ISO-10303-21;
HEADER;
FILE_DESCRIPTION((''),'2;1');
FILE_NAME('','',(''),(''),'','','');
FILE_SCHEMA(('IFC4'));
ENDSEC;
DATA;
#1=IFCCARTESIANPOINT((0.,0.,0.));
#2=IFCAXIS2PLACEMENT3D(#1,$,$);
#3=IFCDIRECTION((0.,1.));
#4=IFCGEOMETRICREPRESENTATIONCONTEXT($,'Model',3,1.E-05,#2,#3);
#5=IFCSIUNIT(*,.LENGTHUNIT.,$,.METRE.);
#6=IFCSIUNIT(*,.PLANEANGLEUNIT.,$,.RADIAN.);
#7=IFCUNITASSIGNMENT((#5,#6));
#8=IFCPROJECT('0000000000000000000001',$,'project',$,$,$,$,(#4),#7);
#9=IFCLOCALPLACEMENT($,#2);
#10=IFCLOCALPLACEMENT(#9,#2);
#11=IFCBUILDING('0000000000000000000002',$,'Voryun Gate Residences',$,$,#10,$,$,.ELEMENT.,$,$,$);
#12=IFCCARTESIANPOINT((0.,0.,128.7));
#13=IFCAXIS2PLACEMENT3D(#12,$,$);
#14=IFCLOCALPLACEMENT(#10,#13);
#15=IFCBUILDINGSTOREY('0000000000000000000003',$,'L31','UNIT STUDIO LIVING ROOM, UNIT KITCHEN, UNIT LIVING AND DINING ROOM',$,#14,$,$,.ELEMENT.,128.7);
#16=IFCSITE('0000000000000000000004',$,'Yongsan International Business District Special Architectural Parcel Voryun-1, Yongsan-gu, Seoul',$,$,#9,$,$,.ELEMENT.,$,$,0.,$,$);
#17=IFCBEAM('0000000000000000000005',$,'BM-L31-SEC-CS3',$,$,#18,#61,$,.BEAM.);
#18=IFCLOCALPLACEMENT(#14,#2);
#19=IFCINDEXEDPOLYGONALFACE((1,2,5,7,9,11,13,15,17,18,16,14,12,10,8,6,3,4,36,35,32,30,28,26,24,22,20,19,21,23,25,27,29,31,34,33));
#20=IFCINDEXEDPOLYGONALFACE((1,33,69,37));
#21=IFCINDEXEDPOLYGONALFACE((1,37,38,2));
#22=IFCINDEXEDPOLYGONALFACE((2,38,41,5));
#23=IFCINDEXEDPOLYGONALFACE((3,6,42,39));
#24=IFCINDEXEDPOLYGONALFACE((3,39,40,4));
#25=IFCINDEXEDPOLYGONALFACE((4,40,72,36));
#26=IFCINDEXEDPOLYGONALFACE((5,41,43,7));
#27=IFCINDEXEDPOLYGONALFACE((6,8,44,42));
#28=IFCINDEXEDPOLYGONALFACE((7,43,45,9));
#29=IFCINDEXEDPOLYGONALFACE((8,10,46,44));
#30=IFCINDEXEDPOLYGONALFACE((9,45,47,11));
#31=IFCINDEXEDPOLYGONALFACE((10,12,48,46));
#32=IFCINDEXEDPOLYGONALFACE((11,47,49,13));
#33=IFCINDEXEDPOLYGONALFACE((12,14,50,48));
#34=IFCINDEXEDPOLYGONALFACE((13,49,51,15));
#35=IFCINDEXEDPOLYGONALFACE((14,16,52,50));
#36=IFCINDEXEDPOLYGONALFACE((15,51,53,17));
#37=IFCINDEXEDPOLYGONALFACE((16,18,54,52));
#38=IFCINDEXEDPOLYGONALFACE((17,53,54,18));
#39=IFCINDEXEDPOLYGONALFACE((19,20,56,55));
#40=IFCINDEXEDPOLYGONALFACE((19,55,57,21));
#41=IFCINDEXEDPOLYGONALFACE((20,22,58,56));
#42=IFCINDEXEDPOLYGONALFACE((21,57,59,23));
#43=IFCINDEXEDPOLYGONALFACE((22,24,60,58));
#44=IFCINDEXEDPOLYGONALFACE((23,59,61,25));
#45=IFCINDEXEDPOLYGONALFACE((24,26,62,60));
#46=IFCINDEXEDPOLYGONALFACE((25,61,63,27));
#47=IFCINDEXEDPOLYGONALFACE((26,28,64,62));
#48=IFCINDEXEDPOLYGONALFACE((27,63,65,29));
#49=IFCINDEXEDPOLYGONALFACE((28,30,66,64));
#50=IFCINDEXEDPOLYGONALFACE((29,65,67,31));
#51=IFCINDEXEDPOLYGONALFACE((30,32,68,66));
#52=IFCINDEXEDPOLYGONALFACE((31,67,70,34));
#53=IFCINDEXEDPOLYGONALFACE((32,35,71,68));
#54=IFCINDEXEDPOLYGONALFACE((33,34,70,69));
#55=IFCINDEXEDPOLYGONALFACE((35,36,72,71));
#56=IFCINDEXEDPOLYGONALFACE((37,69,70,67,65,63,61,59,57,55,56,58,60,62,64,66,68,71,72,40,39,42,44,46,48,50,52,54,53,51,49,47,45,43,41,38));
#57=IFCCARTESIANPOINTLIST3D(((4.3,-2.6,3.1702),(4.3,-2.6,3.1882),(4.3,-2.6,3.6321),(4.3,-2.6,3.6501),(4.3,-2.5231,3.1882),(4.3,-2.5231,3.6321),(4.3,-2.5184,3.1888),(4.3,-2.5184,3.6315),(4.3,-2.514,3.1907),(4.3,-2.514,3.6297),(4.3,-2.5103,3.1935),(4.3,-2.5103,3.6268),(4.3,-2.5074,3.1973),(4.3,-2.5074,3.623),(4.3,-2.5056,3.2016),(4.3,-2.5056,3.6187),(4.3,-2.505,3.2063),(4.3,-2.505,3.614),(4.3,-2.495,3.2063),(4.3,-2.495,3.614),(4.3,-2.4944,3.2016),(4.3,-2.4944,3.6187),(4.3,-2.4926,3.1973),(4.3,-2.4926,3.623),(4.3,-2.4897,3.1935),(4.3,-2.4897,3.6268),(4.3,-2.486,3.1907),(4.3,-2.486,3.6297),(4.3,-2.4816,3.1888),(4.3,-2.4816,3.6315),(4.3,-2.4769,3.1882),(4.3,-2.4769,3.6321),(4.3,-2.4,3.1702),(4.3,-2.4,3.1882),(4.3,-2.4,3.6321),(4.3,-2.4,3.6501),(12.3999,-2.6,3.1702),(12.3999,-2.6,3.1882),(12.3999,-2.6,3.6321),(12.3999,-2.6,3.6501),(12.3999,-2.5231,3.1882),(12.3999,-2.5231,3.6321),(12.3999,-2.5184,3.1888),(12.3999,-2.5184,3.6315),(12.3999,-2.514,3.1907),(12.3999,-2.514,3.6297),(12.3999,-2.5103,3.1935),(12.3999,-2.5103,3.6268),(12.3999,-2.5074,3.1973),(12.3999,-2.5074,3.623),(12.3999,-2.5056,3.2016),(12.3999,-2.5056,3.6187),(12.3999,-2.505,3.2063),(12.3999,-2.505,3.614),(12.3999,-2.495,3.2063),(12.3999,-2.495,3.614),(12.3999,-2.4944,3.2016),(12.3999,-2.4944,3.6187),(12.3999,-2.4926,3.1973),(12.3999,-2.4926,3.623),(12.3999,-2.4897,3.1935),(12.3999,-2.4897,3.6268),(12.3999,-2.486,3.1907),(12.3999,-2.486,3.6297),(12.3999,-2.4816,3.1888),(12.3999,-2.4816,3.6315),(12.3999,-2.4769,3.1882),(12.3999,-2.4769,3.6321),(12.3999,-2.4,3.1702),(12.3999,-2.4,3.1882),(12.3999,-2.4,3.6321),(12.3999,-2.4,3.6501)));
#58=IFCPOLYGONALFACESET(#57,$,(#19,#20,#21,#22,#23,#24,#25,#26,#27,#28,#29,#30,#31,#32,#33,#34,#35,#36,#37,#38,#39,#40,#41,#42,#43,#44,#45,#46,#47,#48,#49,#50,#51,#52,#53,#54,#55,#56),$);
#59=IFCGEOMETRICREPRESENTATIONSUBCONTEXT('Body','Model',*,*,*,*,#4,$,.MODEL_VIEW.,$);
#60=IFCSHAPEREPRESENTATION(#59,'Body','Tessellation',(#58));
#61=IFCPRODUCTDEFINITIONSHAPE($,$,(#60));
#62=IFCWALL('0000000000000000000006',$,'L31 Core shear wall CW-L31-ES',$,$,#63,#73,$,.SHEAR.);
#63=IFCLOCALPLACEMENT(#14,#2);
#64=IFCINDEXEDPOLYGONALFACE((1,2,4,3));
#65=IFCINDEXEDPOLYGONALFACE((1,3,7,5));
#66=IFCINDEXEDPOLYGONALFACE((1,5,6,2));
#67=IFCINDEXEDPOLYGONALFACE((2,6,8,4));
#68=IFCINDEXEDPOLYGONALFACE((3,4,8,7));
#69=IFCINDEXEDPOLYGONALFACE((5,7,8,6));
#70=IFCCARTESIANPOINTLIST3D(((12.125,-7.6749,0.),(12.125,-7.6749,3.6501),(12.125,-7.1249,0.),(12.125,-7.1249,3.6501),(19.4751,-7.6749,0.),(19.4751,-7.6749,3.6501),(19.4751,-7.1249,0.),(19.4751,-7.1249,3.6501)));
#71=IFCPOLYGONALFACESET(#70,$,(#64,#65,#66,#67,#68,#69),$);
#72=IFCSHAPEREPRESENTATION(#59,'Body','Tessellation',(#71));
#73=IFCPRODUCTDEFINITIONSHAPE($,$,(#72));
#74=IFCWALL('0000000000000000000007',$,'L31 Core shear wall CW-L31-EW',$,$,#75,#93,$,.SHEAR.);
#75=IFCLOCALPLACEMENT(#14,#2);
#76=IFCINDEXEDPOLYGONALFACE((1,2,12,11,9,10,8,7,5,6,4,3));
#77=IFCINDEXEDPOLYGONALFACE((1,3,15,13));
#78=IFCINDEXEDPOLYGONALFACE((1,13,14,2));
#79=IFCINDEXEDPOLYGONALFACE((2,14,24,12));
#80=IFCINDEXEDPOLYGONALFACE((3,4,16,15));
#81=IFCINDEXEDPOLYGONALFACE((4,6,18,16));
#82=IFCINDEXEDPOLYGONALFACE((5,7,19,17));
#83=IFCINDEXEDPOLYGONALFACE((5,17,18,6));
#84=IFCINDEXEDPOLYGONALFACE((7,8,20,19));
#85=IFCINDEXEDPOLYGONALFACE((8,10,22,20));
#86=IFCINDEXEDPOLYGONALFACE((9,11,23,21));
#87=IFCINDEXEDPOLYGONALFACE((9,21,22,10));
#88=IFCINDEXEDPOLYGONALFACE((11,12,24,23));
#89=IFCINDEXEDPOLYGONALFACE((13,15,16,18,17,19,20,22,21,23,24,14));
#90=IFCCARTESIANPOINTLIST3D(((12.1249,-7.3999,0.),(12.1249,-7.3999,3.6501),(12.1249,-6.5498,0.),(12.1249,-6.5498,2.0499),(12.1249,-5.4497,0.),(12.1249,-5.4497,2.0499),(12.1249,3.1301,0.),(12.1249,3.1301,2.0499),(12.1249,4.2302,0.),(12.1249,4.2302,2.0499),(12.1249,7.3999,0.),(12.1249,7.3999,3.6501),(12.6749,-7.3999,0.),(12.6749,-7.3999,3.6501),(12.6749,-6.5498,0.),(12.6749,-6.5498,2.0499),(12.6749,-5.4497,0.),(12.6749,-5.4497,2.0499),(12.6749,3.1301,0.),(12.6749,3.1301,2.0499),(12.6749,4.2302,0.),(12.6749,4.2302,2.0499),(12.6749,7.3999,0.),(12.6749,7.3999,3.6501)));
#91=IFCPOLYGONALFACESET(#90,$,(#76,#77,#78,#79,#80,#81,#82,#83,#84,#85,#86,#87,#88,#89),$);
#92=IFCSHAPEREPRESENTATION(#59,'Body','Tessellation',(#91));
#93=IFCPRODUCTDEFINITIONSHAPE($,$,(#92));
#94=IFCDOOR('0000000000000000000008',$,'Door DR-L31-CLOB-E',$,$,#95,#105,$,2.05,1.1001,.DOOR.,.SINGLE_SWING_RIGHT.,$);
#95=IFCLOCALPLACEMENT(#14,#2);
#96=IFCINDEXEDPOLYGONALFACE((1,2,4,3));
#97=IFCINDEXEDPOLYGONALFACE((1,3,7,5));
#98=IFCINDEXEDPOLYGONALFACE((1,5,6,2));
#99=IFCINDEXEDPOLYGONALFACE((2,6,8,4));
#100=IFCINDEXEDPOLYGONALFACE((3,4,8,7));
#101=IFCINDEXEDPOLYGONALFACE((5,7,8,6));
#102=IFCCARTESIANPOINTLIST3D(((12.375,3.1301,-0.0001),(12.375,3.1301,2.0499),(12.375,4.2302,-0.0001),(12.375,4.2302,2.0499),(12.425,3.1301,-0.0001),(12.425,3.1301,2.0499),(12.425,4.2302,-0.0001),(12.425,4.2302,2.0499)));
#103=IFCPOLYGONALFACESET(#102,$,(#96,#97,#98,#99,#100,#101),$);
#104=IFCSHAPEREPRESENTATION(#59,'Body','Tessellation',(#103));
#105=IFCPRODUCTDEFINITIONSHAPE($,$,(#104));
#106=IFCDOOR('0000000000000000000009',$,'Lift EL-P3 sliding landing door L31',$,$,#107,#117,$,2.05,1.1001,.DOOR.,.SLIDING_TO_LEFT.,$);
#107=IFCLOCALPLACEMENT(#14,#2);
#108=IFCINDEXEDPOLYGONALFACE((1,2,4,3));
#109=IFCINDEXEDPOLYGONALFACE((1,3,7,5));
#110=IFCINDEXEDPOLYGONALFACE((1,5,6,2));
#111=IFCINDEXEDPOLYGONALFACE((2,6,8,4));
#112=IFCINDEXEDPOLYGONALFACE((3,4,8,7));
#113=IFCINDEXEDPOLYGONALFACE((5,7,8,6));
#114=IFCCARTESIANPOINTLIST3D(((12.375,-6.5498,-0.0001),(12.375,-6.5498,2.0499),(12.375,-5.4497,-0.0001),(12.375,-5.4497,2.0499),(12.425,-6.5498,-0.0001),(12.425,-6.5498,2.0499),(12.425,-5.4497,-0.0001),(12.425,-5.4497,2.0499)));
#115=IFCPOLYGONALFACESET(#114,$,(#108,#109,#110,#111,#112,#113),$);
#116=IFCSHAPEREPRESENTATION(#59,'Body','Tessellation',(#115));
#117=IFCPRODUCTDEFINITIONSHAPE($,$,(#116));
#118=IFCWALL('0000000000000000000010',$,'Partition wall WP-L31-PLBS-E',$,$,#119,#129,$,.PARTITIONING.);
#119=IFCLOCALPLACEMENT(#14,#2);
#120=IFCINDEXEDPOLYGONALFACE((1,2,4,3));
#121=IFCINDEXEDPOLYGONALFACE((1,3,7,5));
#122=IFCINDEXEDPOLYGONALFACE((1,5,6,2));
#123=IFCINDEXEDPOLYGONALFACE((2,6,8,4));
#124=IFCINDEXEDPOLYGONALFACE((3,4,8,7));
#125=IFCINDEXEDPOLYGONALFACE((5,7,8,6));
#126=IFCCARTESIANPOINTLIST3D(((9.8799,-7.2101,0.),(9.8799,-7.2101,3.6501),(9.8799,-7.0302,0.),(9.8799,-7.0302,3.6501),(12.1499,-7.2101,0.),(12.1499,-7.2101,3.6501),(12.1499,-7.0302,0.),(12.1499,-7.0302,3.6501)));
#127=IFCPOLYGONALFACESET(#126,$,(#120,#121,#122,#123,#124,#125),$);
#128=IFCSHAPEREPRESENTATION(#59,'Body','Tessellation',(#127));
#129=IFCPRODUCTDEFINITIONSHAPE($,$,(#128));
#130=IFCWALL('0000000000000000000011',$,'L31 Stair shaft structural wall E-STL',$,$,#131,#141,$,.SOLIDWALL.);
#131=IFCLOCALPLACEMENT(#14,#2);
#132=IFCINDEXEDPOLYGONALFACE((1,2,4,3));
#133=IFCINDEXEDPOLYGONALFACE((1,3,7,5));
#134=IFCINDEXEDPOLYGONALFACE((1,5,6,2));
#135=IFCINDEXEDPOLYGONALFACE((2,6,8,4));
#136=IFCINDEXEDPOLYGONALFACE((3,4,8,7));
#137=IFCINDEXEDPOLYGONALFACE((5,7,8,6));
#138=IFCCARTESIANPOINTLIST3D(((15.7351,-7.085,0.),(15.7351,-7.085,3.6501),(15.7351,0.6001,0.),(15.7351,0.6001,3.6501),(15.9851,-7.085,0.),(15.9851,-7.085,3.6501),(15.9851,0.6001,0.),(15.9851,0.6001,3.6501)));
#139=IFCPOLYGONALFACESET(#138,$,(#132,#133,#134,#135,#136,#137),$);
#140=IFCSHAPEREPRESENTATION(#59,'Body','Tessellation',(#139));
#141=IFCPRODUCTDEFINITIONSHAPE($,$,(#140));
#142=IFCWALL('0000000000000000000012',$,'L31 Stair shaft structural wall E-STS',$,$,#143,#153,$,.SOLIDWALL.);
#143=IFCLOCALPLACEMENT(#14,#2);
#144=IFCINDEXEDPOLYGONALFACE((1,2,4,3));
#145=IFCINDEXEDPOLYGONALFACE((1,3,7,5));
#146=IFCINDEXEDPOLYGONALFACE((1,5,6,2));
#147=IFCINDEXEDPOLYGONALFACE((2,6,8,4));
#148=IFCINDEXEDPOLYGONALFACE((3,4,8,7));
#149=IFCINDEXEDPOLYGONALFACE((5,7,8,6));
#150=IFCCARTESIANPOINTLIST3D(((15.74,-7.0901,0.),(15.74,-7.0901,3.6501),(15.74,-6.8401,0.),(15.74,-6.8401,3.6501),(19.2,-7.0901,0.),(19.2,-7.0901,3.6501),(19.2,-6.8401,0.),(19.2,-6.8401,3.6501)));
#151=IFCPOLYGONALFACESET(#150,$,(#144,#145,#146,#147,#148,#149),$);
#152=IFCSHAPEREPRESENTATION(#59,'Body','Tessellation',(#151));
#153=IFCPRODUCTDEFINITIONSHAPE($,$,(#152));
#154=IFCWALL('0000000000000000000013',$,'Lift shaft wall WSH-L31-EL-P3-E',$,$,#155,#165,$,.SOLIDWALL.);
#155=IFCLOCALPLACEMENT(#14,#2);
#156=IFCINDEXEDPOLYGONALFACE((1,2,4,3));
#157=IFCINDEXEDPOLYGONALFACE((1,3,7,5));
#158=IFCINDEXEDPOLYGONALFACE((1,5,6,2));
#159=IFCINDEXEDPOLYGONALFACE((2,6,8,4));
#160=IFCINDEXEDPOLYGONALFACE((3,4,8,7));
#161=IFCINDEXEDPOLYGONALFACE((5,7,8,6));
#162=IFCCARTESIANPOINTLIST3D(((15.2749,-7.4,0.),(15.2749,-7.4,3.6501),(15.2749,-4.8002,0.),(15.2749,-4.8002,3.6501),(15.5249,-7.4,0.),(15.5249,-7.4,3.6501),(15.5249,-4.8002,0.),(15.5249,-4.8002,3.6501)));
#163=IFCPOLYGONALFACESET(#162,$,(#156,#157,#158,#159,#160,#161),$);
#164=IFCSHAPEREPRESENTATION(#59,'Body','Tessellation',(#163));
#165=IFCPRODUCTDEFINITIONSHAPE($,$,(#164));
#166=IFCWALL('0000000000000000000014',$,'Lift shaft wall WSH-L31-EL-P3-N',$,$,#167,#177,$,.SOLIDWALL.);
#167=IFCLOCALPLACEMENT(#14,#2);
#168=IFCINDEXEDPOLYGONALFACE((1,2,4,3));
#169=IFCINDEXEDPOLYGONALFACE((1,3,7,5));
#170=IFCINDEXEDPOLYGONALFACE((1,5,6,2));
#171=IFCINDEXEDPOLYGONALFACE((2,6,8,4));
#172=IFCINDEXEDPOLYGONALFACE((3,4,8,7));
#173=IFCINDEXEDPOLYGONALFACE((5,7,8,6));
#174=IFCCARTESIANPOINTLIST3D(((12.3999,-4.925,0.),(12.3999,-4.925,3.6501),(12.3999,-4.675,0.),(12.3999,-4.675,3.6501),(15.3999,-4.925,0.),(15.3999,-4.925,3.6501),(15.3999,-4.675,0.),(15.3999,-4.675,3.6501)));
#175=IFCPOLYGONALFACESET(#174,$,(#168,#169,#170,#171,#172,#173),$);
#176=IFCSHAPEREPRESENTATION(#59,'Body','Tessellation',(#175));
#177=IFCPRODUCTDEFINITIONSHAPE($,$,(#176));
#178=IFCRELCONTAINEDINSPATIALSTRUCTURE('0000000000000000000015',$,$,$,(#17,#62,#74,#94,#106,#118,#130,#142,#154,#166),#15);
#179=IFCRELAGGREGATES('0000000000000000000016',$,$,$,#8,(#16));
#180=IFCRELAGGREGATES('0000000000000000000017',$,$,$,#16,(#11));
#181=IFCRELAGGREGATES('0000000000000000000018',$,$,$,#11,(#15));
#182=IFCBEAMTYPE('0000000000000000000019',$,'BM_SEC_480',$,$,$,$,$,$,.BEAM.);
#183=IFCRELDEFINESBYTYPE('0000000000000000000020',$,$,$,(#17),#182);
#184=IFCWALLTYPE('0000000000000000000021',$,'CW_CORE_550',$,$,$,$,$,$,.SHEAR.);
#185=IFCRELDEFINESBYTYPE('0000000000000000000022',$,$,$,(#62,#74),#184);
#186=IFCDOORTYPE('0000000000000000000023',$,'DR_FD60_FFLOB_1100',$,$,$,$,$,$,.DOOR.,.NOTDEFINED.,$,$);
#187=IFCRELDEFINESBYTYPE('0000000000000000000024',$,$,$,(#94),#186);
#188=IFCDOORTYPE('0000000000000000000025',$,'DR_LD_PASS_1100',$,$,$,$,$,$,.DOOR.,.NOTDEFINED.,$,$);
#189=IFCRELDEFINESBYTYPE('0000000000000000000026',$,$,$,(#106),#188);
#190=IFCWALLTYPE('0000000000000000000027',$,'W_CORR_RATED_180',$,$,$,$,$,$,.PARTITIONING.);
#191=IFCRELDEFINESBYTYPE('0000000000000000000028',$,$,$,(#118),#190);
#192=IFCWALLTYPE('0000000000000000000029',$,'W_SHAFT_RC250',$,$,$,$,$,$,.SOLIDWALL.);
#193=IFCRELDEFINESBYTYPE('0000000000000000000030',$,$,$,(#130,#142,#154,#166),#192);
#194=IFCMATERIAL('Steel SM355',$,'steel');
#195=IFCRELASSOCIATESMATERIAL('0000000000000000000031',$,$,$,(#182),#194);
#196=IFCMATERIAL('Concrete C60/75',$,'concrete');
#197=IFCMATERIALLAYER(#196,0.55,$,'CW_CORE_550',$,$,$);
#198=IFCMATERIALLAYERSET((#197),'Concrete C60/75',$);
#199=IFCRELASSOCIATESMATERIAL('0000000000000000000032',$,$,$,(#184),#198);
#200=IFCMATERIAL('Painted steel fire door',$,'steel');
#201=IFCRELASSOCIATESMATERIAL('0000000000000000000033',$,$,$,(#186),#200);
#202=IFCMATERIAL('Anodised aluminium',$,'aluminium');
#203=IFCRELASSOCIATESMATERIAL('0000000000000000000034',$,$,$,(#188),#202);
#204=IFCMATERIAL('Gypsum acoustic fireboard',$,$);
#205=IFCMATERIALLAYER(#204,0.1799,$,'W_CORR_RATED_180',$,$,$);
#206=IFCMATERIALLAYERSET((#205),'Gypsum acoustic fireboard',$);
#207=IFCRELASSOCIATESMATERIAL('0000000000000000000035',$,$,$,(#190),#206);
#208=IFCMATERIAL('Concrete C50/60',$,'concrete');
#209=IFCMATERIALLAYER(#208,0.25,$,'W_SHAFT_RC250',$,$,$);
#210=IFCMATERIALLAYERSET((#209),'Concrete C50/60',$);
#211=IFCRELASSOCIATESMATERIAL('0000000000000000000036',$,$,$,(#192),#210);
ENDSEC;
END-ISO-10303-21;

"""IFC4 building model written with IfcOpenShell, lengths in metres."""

from ifc_helpers import new_model, si_unit, direction, frame, frame_2d, origin, origin_2d, place, context, subcontext, project, spatial, rectangle, i_section, extrude, material, layer, layer_set, material_profile, profile_set, type_object, element, fill, save


model = new_model("IFC4")

# Units and contexts
model_context = context("Model", 3, precision=1e-05, world=origin(), true_north=direction((0.0, 1.0)))
body_context = subcontext(model_context, "Body", "Model", "MODEL_VIEW")
ifc_project = project(units=[si_unit("LENGTHUNIT", "METRE"), si_unit("PLANEANGLEUNIT", "RADIAN")], contexts=[model_context])

# Site, building, storey
site_placement = place(None, origin())
site = spatial("IfcSite", under=ifc_project, at=site_placement, Name="Yongsan International Business District Special Architectural Parcel Voryun-1, Yongsan-gu, Seoul", CompositionType="ELEMENT", RefElevation=0.0)
building_placement = place(site_placement, origin())
building = spatial("IfcBuilding", under=site, at=building_placement, Name="Voryun Gate Residences", CompositionType="ELEMENT")
storey_placement = place(building_placement, frame((0.0, 0.0, 128.7)))
storey = spatial("IfcBuildingStorey", under=building, at=storey_placement, Name="L31", Description="UNIT STUDIO LIVING ROOM, UNIT KITCHEN, UNIT LIVING AND DINING ROOM", CompositionType="ELEMENT", Elevation=128.7)

# Beam
ifc_material_1 = material(Name="Steel SM355", Category="steel")
ifc_material_profile_1 = material_profile(ifc_material_1, i_section(OverallWidth=0.2, OverallDepth=0.48, WebThickness=0.01, FlangeThickness=0.0181, FilletRadius=0.0181, at=origin_2d()), Name="H-480x200x10x18")
ifc_profile_set_1 = profile_set([ifc_material_profile_1], Name="Steel SM355")
beam_type_1 = type_object("IfcBeamType", Name="BM_SEC_480", PredefinedType="BEAM", material=ifc_profile_set_1)
beam_1_placement = place(storey_placement, frame((4.3, -2.5, 3.4102), z_axis=(1.0, 0.0, 0.0), x_axis=(0.0, 1.0, 0.0)))
element("IfcBeam", 1, at=beam_1_placement, inside=storey, type_object=beam_type_1, Name="BM-L31-SEC-CS3", PredefinedType="BEAM", context=body_context, shape_type="SweptSolid", body=[
    extrude(i_section(OverallWidth=0.2, OverallDepth=0.48, WebThickness=0.01, FlangeThickness=0.0181, FilletRadius=0.0181, at=origin_2d()), origin(), (0.0, 0.0, 1.0), 8.0999),
])

# Wall
ifc_material_2 = material(Name="Concrete C60/75", Category="concrete")
ifc_layer_1 = layer(ifc_material_2, 0.55, Name="CW_CORE_550")
ifc_layer_set_1 = layer_set([ifc_layer_1], Name="Concrete C60/75")
wall_type_1 = type_object("IfcWallType", Name="CW_CORE_550", PredefinedType="SHEAR", material=ifc_layer_set_1)
wall_1_placement = place(storey_placement, frame((12.125, -7.3999, 0.0), z_axis=(0.0, 0.0, 1.0), x_axis=(1.0, 0.0, 0.0)))
element("IfcWall", 2, at=wall_1_placement, inside=storey, type_object=wall_type_1, Name="L31 Core shear wall CW-L31-ES", PredefinedType="SHEAR", context=body_context, shape_type="SweptSolid", body=[
    extrude(rectangle(XDim=7.3501, YDim=0.55, at=frame_2d((3.675, 0.0))), origin(), (0.0, 0.0, 1.0), 3.6501),
])

# Wall, openings, doors
wall_2_placement = place(storey_placement, frame((12.3999, -7.3999, 0.0), z_axis=(0.0, 0.0, 1.0), x_axis=(0.0, 1.0, 0.0)))
wall_2 = element("IfcWall", 3, at=wall_2_placement, inside=storey, type_object=wall_type_1, Name="L31 Core shear wall CW-L31-EW", PredefinedType="SHEAR", context=body_context, shape_type="SweptSolid", body=[
    extrude(rectangle(XDim=14.7998, YDim=0.55, at=frame_2d((7.3999, 0.0))), origin(), (0.0, 0.0, 1.0), 3.6501),
])
opening_1_placement = place(wall_2_placement, frame((0.8501, 0.0, 0.0)))
opening_1 = element("IfcOpeningElement", 4, at=opening_1_placement, cuts=wall_2, PredefinedType="OPENING", context=body_context, shape_type="SweptSolid", body=[
    extrude(rectangle(XDim=1.1001, YDim=2.05, at=frame_2d((0.55, 1.0249))), frame((0.0, 0.2849, 0.0), z_axis=(0.0, -1.0, 0.0), x_axis=(1.0, 0.0, 0.0)), (0.0, 0.0, 1.0), 0.5701),
])
opening_2_placement = place(wall_2_placement, frame((10.53, 0.0, 0.0)))
opening_2 = element("IfcOpeningElement", 5, at=opening_2_placement, cuts=wall_2, PredefinedType="OPENING", context=body_context, shape_type="SweptSolid", body=[
    extrude(rectangle(XDim=1.1001, YDim=2.05, at=frame_2d((0.55, 1.0249))), frame((0.0, 0.2849, 0.0), z_axis=(0.0, -1.0, 0.0), x_axis=(1.0, 0.0, 0.0)), (0.0, 0.0, 1.0), 0.5701),
])
ifc_material_3 = material(Name="Painted steel fire door", Category="steel")
door_type_1 = type_object("IfcDoorType", Name="DR_FD60_FFLOB_1100", OperationType="NOTDEFINED", PredefinedType="DOOR", material=ifc_material_3)
door_1_placement = place(opening_2_placement, origin())
door_1 = element("IfcDoor", 6, at=door_1_placement, inside=storey, type_object=door_type_1, Name="Door DR-L31-CLOB-E", OperationType="SINGLE_SWING_RIGHT", OverallHeight=2.05, OverallWidth=1.1001, PredefinedType="DOOR", context=body_context, shape_type="SweptSolid", body=[
    extrude(rectangle(XDim=1.1001, YDim=2.05, at=frame_2d((0.55, 1.0249))), frame((0.0, 0.0249, 0.0), z_axis=(0.0, -1.0, 0.0), x_axis=(1.0, 0.0, 0.0)), (0.0, 0.0, 1.0), 0.05),
])
fill(opening_2, door_1)
ifc_material_4 = material(Name="Anodised aluminium", Category="aluminium")
door_type_2 = type_object("IfcDoorType", Name="DR_LD_PASS_1100", OperationType="NOTDEFINED", PredefinedType="DOOR", material=ifc_material_4)
door_2_placement = place(opening_1_placement, origin())
door_2 = element("IfcDoor", 7, at=door_2_placement, inside=storey, type_object=door_type_2, Name="Lift EL-P3 sliding landing door L31", OperationType="SLIDING_TO_LEFT", OverallHeight=2.05, OverallWidth=1.1001, PredefinedType="DOOR", context=body_context, shape_type="SweptSolid", body=[
    extrude(rectangle(XDim=1.1001, YDim=2.05, at=frame_2d((0.55, 1.0249))), frame((0.0, 0.0249, 0.0), z_axis=(0.0, -1.0, 0.0), x_axis=(1.0, 0.0, 0.0)), (0.0, 0.0, 1.0), 0.05),
])
fill(opening_1, door_2)

# Walls
ifc_material_5 = material(Name="Gypsum acoustic fireboard")
ifc_layer_2 = layer(ifc_material_5, 0.1799, Name="W_CORR_RATED_180")
ifc_layer_set_2 = layer_set([ifc_layer_2], Name="Gypsum acoustic fireboard")
wall_type_2 = type_object("IfcWallType", Name="W_CORR_RATED_180", PredefinedType="PARTITIONING", material=ifc_layer_set_2)
wall_3_placement = place(storey_placement, frame((9.8799, -7.1201, 0.0), z_axis=(0.0, 0.0, 1.0), x_axis=(1.0, 0.0, 0.0)))
element("IfcWall", 8, at=wall_3_placement, inside=storey, type_object=wall_type_2, Name="Partition wall WP-L31-PLBS-E", PredefinedType="PARTITIONING", context=body_context, shape_type="SweptSolid", body=[
    extrude(rectangle(XDim=2.27, YDim=0.1799, at=frame_2d((1.135, 0.0))), origin(), (0.0, 0.0, 1.0), 3.6501),
])
ifc_material_6 = material(Name="Concrete C50/60", Category="concrete")
ifc_layer_3 = layer(ifc_material_6, 0.25, Name="W_SHAFT_RC250")
ifc_layer_set_3 = layer_set([ifc_layer_3], Name="Concrete C50/60")
wall_type_3 = type_object("IfcWallType", Name="W_SHAFT_RC250", PredefinedType="SOLIDWALL", material=ifc_layer_set_3)
wall_4_placement = place(storey_placement, frame((15.8601, -7.085, 0.0), z_axis=(0.0, 0.0, 1.0), x_axis=(0.0, 1.0, 0.0)))
element("IfcWall", 9, at=wall_4_placement, inside=storey, type_object=wall_type_3, Name="L31 Stair shaft structural wall E-STL", PredefinedType="SOLIDWALL", context=body_context, shape_type="SweptSolid", body=[
    extrude(rectangle(XDim=7.6851, YDim=0.25, at=frame_2d((3.8425, 0.0))), origin(), (0.0, 0.0, 1.0), 3.6501),
])
wall_5_placement = place(storey_placement, frame((15.74, -6.9651, 0.0), z_axis=(0.0, 0.0, 1.0), x_axis=(1.0, 0.0, 0.0)))
element("IfcWall", 10, at=wall_5_placement, inside=storey, type_object=wall_type_3, Name="L31 Stair shaft structural wall E-STS", PredefinedType="SOLIDWALL", context=body_context, shape_type="SweptSolid", body=[
    extrude(rectangle(XDim=3.46, YDim=0.25, at=frame_2d((1.73, 0.0))), origin(), (0.0, 0.0, 1.0), 3.6501),
])
wall_6_placement = place(storey_placement, frame((15.3999, -7.3999, 0.0), z_axis=(0.0, 0.0, 1.0), x_axis=(0.0, 1.0, 0.0)))
element("IfcWall", 11, at=wall_6_placement, inside=storey, type_object=wall_type_3, Name="Lift shaft wall WSH-L31-EL-P3-E", PredefinedType="SOLIDWALL", context=body_context, shape_type="SweptSolid", body=[
    extrude(rectangle(XDim=2.5999, YDim=0.25, at=frame_2d((1.2998, 0.0))), origin(), (0.0, 0.0, 1.0), 3.6501),
])
wall_7_placement = place(storey_placement, frame((15.3999, -4.8, 0.0), z_axis=(0.0, 0.0, 1.0), x_axis=(-1.0, 0.0, 0.0)))
element("IfcWall", 12, at=wall_7_placement, inside=storey, type_object=wall_type_3, Name="Lift shaft wall WSH-L31-EL-P3-N", PredefinedType="SOLIDWALL", context=body_context, shape_type="SweptSolid", body=[
    extrude(rectangle(XDim=3.0, YDim=0.25, at=frame_2d((1.5, 0.0))), origin(), (0.0, 0.0, 1.0), 3.6501),
])

save(model, "model.ifc")
